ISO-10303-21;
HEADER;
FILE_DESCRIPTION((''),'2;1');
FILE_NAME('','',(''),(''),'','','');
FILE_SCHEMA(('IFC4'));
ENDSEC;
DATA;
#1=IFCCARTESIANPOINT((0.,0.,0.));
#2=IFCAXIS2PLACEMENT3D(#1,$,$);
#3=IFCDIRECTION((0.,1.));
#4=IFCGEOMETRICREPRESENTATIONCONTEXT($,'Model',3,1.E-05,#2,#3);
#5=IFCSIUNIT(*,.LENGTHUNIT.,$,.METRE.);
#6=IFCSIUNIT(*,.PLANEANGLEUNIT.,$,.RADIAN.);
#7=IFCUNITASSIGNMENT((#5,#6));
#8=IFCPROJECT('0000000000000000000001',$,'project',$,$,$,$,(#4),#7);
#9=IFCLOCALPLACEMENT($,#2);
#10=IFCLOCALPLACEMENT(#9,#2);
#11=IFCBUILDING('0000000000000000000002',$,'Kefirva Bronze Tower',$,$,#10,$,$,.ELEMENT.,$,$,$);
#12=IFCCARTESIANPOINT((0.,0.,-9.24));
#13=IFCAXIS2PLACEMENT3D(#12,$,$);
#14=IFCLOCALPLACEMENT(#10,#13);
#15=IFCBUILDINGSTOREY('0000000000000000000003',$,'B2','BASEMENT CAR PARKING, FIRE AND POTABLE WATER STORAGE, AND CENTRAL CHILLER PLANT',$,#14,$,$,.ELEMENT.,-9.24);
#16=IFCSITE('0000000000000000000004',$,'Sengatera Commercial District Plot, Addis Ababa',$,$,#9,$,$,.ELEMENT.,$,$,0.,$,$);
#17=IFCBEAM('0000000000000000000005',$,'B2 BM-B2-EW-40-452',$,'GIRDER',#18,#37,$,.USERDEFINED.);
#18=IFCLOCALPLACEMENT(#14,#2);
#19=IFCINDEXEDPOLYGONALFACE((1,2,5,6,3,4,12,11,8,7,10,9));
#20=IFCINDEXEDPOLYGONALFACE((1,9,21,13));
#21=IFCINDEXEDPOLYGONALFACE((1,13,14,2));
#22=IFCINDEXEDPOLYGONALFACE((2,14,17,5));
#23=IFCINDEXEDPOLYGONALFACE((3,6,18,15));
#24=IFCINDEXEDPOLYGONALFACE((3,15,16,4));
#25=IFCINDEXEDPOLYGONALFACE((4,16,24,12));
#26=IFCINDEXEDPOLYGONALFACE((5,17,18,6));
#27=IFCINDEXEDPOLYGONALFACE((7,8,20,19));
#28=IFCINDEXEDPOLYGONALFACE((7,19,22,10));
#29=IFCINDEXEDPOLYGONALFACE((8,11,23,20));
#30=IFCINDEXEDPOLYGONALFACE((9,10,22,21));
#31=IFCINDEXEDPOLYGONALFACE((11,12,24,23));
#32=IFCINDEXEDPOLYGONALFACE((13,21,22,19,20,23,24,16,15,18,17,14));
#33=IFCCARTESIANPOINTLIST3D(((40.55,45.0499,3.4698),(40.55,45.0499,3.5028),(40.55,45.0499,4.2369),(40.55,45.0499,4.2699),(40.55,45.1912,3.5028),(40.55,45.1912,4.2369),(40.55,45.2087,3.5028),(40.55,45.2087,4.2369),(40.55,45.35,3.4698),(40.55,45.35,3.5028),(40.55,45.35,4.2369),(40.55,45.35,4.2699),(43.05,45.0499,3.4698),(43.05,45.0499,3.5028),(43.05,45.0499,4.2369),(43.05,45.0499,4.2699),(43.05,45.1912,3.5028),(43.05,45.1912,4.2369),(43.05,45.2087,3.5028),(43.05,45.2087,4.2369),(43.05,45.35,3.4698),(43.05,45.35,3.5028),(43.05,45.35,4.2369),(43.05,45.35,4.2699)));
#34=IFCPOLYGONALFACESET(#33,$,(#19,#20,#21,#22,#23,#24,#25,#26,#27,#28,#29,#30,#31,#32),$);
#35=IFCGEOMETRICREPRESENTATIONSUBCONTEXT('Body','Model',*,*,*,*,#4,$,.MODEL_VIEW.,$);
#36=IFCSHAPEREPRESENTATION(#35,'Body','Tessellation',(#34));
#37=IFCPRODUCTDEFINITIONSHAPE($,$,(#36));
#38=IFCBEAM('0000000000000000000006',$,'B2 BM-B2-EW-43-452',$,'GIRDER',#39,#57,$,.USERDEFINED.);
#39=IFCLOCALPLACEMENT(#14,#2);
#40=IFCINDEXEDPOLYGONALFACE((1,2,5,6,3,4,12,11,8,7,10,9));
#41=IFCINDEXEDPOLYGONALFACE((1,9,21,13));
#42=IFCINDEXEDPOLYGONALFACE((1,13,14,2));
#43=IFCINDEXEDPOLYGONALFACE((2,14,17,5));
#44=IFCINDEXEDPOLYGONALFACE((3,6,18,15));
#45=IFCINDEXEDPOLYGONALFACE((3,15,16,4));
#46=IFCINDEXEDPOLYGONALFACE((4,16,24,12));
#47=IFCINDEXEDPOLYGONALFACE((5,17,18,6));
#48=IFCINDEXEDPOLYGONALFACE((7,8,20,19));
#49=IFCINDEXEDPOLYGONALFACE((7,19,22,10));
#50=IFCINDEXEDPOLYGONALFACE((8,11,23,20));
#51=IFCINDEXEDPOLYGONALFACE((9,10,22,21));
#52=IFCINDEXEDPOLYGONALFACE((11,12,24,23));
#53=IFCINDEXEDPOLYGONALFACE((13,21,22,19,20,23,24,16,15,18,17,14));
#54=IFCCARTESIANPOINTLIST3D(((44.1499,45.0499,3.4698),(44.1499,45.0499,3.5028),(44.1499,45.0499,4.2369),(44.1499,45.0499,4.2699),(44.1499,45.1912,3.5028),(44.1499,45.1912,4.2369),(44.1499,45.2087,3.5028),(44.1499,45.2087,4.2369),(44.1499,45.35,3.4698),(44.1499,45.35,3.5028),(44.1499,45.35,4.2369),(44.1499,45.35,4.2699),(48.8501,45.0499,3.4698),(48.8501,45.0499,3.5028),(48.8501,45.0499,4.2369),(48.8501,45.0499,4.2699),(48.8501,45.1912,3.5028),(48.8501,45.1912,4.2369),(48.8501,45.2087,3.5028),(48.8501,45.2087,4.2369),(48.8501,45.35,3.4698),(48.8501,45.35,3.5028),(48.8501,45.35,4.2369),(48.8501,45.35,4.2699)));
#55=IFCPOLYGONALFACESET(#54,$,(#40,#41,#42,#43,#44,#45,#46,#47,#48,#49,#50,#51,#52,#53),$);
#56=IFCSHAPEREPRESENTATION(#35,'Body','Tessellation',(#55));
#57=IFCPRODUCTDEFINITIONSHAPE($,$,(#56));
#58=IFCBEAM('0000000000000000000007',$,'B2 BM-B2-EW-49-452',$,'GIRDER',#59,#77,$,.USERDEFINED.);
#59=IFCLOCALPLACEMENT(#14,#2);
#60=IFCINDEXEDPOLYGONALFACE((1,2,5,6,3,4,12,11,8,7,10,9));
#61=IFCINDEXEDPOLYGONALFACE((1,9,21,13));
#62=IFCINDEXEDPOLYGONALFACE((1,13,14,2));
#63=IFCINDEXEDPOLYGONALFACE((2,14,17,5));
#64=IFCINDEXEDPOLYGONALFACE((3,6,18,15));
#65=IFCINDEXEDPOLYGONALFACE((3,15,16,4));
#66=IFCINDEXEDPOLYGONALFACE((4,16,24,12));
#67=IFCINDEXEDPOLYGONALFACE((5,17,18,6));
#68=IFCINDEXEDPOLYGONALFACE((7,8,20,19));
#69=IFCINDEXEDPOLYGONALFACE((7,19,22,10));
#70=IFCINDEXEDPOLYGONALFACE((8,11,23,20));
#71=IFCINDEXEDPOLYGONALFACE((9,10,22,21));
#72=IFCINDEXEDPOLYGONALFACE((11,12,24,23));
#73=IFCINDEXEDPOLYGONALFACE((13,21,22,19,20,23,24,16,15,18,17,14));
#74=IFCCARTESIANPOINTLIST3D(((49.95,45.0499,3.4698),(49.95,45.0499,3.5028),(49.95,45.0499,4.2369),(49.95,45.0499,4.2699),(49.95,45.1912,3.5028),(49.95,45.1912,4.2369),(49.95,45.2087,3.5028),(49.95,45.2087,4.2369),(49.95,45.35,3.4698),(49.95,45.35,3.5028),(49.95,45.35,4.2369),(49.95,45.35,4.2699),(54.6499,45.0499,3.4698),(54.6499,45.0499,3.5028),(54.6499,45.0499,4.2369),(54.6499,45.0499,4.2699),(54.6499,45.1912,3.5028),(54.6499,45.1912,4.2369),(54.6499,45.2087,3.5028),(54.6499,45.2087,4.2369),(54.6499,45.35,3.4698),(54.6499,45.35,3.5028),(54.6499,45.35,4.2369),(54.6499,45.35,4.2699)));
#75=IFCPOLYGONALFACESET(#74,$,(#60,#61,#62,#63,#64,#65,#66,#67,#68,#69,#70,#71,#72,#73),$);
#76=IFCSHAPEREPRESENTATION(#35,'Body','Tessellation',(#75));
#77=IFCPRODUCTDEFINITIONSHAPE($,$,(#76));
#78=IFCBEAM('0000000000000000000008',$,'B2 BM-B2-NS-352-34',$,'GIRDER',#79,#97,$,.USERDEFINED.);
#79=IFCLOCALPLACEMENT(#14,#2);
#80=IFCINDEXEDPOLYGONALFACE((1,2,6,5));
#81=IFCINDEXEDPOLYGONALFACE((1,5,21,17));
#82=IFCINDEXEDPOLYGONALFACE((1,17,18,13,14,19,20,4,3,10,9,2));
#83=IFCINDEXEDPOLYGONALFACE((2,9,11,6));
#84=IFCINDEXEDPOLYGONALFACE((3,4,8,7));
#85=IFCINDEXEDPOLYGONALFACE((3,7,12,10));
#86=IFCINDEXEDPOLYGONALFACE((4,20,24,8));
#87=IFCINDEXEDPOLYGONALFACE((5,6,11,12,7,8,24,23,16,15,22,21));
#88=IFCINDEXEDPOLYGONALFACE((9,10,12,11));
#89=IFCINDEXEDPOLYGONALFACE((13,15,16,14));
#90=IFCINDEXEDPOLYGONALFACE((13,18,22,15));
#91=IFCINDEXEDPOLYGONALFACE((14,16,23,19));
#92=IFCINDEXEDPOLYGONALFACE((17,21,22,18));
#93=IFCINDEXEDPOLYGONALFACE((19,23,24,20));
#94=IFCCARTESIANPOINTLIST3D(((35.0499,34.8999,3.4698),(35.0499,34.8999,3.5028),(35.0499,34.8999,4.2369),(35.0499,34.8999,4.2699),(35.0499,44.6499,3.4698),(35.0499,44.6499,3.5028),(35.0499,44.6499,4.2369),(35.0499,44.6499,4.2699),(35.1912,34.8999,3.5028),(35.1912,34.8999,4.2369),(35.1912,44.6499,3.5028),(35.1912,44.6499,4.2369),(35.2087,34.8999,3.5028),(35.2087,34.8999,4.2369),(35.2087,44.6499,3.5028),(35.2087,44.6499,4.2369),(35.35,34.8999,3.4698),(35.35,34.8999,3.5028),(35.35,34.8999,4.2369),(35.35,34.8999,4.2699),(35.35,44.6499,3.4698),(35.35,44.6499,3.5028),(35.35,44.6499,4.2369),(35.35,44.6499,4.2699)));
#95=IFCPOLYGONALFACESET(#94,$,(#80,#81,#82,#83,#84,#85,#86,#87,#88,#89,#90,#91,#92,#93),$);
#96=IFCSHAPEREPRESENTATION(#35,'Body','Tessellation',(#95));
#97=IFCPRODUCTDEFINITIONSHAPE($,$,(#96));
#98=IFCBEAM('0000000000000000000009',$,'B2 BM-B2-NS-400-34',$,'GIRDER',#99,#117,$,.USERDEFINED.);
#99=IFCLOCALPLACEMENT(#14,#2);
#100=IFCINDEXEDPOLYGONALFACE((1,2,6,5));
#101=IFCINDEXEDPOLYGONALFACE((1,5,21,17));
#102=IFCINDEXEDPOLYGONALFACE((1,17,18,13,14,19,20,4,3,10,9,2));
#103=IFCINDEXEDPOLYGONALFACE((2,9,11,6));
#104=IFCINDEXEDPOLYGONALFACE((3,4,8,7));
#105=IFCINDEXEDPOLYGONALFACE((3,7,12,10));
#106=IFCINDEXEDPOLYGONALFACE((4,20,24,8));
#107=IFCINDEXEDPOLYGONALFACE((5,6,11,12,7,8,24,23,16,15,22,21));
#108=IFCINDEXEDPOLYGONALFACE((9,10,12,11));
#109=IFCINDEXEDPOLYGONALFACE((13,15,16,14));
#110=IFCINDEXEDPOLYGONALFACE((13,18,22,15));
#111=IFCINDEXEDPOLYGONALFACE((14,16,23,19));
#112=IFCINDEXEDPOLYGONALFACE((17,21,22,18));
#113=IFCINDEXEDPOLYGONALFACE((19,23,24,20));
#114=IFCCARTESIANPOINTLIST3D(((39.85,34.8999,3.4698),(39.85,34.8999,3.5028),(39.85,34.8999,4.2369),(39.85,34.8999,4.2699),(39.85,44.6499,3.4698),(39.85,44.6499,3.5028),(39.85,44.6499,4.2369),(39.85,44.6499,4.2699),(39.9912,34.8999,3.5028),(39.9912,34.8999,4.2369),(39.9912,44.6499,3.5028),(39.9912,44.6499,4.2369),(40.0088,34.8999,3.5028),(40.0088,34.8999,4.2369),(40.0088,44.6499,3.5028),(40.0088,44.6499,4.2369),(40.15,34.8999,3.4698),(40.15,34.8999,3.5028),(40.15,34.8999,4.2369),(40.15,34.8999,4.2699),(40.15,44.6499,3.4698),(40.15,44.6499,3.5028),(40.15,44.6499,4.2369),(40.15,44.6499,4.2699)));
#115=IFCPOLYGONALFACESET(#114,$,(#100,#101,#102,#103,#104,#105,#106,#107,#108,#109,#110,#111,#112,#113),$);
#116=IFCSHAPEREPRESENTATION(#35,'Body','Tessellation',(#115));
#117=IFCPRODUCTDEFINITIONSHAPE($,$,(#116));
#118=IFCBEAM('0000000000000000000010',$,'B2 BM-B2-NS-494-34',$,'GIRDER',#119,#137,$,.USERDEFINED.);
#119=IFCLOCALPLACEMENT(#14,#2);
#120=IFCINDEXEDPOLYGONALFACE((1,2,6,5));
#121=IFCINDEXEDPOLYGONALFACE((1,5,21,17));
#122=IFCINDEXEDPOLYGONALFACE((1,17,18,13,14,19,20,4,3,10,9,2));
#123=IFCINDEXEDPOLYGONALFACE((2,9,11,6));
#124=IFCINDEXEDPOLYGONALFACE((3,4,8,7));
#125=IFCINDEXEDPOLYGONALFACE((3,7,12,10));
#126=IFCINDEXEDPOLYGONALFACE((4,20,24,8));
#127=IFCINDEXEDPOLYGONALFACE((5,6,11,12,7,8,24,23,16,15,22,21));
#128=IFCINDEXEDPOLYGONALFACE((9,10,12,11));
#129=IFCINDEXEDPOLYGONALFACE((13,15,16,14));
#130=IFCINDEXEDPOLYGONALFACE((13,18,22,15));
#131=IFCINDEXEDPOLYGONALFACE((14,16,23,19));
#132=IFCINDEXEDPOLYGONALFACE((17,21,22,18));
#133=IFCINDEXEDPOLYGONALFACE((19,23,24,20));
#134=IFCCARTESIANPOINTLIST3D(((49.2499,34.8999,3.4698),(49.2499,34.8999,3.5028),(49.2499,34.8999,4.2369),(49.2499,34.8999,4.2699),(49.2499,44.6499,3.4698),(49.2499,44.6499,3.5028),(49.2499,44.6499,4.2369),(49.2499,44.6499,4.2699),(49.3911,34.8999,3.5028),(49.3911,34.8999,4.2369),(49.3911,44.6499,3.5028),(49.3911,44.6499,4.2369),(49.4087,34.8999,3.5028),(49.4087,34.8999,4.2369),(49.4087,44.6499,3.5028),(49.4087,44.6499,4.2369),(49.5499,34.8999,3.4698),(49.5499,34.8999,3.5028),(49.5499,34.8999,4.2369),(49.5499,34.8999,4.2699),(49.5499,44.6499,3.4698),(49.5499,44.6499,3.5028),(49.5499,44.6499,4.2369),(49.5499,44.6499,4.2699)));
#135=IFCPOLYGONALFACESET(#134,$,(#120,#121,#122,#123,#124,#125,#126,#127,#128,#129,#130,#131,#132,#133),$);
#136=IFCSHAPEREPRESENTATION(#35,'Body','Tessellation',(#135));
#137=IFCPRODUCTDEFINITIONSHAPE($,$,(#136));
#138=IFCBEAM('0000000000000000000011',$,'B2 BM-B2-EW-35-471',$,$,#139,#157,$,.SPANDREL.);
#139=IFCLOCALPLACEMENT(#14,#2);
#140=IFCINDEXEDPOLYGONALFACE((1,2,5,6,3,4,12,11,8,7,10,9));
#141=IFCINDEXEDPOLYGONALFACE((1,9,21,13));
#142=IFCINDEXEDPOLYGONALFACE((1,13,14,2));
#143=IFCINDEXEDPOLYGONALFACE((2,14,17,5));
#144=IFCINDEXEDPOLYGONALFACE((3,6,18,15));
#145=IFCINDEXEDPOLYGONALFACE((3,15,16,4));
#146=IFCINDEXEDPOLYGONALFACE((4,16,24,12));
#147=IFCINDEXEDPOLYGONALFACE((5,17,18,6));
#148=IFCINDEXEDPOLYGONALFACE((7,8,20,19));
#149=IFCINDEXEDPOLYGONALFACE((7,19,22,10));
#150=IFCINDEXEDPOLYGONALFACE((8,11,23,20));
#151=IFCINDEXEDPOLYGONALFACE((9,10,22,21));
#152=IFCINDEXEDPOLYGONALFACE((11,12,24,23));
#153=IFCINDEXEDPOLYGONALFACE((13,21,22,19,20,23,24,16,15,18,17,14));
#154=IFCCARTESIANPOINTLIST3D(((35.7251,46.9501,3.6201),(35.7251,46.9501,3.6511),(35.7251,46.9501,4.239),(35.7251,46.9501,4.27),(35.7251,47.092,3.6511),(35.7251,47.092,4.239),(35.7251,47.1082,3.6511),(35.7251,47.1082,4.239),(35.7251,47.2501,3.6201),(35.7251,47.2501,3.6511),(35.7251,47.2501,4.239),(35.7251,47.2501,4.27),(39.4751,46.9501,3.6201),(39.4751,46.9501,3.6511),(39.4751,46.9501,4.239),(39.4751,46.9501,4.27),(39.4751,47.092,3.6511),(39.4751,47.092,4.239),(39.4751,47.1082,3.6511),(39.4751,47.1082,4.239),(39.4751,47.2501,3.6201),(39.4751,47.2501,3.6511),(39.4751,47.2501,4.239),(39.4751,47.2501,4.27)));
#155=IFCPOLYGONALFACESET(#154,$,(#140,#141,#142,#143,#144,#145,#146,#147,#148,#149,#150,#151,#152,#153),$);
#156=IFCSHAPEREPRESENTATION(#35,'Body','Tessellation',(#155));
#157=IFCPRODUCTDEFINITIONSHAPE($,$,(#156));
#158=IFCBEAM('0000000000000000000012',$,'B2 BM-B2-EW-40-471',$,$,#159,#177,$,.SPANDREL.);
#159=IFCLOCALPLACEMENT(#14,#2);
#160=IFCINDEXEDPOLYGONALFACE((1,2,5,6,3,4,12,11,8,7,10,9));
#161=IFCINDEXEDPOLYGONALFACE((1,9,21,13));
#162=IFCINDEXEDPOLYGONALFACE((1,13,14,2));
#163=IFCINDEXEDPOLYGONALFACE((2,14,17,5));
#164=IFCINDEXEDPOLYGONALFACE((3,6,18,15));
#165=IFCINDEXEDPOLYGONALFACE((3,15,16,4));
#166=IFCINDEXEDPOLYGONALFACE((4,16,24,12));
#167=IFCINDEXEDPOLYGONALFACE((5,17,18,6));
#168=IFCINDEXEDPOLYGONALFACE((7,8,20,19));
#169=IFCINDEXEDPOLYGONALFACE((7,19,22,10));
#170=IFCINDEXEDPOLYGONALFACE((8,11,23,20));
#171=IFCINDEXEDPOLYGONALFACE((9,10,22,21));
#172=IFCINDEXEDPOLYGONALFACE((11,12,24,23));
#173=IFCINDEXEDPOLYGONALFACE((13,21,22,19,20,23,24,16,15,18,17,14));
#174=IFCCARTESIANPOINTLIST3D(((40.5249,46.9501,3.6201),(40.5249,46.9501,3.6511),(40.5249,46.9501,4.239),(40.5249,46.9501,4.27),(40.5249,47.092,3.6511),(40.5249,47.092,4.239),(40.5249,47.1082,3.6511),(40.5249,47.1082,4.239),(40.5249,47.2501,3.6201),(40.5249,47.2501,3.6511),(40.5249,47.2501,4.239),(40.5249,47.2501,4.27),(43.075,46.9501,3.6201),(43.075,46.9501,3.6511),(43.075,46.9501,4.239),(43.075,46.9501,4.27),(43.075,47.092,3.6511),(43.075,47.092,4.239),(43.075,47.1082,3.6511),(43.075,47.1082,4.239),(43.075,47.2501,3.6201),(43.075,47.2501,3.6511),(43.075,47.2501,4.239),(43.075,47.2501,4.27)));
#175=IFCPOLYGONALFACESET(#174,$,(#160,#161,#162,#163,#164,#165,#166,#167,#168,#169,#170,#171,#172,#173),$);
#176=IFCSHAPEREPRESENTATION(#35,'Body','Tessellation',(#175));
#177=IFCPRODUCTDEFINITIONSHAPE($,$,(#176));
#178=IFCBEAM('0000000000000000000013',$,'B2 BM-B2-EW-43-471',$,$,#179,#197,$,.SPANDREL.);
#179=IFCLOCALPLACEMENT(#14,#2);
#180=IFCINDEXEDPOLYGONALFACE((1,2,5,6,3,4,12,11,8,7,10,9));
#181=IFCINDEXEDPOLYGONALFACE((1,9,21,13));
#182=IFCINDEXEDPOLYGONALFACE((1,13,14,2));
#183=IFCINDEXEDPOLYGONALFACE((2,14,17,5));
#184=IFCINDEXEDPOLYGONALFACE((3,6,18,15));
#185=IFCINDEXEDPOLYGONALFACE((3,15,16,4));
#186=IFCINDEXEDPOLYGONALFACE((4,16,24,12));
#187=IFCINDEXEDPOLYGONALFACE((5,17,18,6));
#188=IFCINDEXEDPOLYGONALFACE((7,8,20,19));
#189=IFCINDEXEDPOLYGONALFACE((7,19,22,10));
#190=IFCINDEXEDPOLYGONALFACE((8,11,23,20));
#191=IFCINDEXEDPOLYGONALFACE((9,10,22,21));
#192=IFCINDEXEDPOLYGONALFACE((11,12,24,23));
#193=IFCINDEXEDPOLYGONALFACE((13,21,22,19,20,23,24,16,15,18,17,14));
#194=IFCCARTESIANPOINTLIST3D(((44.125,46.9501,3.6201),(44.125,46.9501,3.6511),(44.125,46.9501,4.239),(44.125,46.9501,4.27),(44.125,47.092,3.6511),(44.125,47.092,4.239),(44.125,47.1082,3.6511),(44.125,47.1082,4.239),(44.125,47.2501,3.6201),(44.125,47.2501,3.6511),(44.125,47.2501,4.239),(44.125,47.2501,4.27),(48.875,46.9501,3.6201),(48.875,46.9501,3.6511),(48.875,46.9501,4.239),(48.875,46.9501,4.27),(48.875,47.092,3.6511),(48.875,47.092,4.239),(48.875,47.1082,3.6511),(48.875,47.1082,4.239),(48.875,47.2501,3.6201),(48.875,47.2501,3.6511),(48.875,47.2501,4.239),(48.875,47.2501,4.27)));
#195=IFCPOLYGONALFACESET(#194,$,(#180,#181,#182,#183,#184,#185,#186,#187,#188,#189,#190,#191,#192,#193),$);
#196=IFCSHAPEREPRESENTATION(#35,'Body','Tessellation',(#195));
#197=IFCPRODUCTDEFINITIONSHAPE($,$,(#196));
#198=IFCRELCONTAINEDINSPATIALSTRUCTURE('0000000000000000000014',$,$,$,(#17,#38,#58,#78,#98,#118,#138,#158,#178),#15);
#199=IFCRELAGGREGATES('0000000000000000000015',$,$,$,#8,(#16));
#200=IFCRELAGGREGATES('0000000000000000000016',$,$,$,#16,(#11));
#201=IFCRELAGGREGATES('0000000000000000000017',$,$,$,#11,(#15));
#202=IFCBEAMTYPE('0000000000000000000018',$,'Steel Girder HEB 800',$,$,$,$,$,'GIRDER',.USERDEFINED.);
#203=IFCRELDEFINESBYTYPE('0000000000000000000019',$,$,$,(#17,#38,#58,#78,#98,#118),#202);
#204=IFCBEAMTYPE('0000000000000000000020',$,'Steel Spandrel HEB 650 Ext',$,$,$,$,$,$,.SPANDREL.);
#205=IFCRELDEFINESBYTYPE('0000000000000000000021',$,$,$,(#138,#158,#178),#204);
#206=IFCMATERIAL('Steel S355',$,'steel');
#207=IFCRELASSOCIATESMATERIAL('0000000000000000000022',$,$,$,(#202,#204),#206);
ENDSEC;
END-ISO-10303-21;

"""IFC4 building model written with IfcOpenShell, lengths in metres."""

from ifc_helpers import new_model, si_unit, direction, frame, origin, origin_2d, place, context, subcontext, project, spatial, i_section, extrude, material, material_profile, profile_set, type_object, element, save


model = new_model("IFC4")

# Units and contexts
model_context = context("Model", 3, precision=1e-05, world=origin(), true_north=direction((0.0, 1.0)))
body_context = subcontext(model_context, "Body", "Model", "MODEL_VIEW")
ifc_project = project(units=[si_unit("LENGTHUNIT", "METRE"), si_unit("PLANEANGLEUNIT", "RADIAN")], contexts=[model_context])

# Site, building, storey
site_placement = place(None, origin())
site = spatial("IfcSite", under=ifc_project, at=site_placement, Name="Sengatera Commercial District Plot, Addis Ababa", CompositionType="ELEMENT", RefElevation=0.0)
building_placement = place(site_placement, origin())
building = spatial("IfcBuilding", under=site, at=building_placement, Name="Kefirva Bronze Tower", CompositionType="ELEMENT")
storey_placement = place(building_placement, frame((0.0, 0.0, -9.24)))
storey = spatial("IfcBuildingStorey", under=building, at=storey_placement, Name="B2", Description="BASEMENT CAR PARKING, FIRE AND POTABLE WATER STORAGE, AND CENTRAL CHILLER PLANT", CompositionType="ELEMENT", Elevation=-9.24)

# Beams
ifc_material_1 = material(Name="Steel S355", Category="steel")
ifc_material_profile_1 = material_profile(ifc_material_1, i_section(OverallWidth=0.3, OverallDepth=0.8, WebThickness=0.0176, FlangeThickness=0.033, at=origin_2d()), Name="HEB 800")
ifc_profile_set_1 = profile_set([ifc_material_profile_1], Name="Steel S355")
beam_type_1 = type_object("IfcBeamType", Name="Steel Girder HEB 800", ElementType="GIRDER", PredefinedType="USERDEFINED", material=ifc_profile_set_1)
beam_1_placement = place(storey_placement, frame((40.55, 45.2, 3.8699), z_axis=(1.0, 0.0, 0.0), x_axis=(0.0, 1.0, 0.0)))
element("IfcBeam", 1, at=beam_1_placement, inside=storey, type_object=beam_type_1, Name="B2 BM-B2-EW-40-452", ObjectType="GIRDER", PredefinedType="USERDEFINED", context=body_context, shape_type="SweptSolid", body=[
    extrude(i_section(OverallWidth=0.3, OverallDepth=0.8, WebThickness=0.0176, FlangeThickness=0.033, at=origin_2d()), origin(), (0.0, 0.0, 1.0), 2.5),
])
beam_2_placement = place(storey_placement, frame((44.1499, 45.2, 3.8699), z_axis=(1.0, 0.0, 0.0), x_axis=(0.0, 1.0, 0.0)))
element("IfcBeam", 2, at=beam_2_placement, inside=storey, type_object=beam_type_1, Name="B2 BM-B2-EW-43-452", ObjectType="GIRDER", PredefinedType="USERDEFINED", context=body_context, shape_type="SweptSolid", body=[
    extrude(i_section(OverallWidth=0.3, OverallDepth=0.8, WebThickness=0.0176, FlangeThickness=0.033, at=origin_2d()), origin(), (0.0, 0.0, 1.0), 4.7002),
])
beam_3_placement = place(storey_placement, frame((49.95, 45.2, 3.8699), z_axis=(1.0, 0.0, 0.0), x_axis=(0.0, 1.0, 0.0)))
element("IfcBeam", 3, at=beam_3_placement, inside=storey, type_object=beam_type_1, Name="B2 BM-B2-EW-49-452", ObjectType="GIRDER", PredefinedType="USERDEFINED", context=body_context, shape_type="SweptSolid", body=[
    extrude(i_section(OverallWidth=0.3, OverallDepth=0.8, WebThickness=0.0176, FlangeThickness=0.033, at=origin_2d()), origin(), (0.0, 0.0, 1.0), 4.7),
])
for number, where, z_axis, x_axis, name in (
    (4, (35.2, 34.8999, 3.8699), (0.0, 1.0, 0.0), (-1.0, 0.0, 0.0), "B2 BM-B2-NS-352-34"),
    (5, (40.0, 34.8999, 3.8699), (0.0, 1.0, 0.0), (-1.0, 0.0, 0.0), "B2 BM-B2-NS-400-34"),
    (6, (49.3999, 34.8999, 3.8699), (0.0, 1.0, 0.0), (-1.0, 0.0, 0.0), "B2 BM-B2-NS-494-34"),
):
    element("IfcBeam", number, at=place(storey_placement, frame(where, z_axis=z_axis, x_axis=x_axis)), inside=storey, type_object=beam_type_1, Name=name, ObjectType="GIRDER", PredefinedType="USERDEFINED", context=body_context, shape_type="SweptSolid", body=[
        extrude(i_section(OverallWidth=0.3, OverallDepth=0.8, WebThickness=0.0176, FlangeThickness=0.033, at=origin_2d()), origin(), (0.0, 0.0, 1.0), 9.75),
    ])
ifc_material_profile_2 = material_profile(ifc_material_1, i_section(OverallWidth=0.3, OverallDepth=0.6499, WebThickness=0.0161, FlangeThickness=0.031, at=origin_2d()), Name="HEB 650")
ifc_profile_set_2 = profile_set([ifc_material_profile_2], Name="Steel S355")
beam_type_2 = type_object("IfcBeamType", Name="Steel Spandrel HEB 650 Ext", PredefinedType="SPANDREL", material=ifc_profile_set_2)
beam_4_placement = place(storey_placement, frame((35.7251, 47.1001, 3.9451), z_axis=(1.0, 0.0, 0.0), x_axis=(0.0, 1.0, 0.0)))
element("IfcBeam", 7, at=beam_4_placement, inside=storey, type_object=beam_type_2, Name="B2 BM-B2-EW-35-471", PredefinedType="SPANDREL", context=body_context, shape_type="SweptSolid", body=[
    extrude(i_section(OverallWidth=0.3, OverallDepth=0.6499, WebThickness=0.0161, FlangeThickness=0.031, at=origin_2d()), origin(), (0.0, 0.0, 1.0), 3.75),
])
beam_5_placement = place(storey_placement, frame((40.5249, 47.1001, 3.9451), z_axis=(1.0, 0.0, 0.0), x_axis=(0.0, 1.0, 0.0)))
element("IfcBeam", 8, at=beam_5_placement, inside=storey, type_object=beam_type_2, Name="B2 BM-B2-EW-40-471", PredefinedType="SPANDREL", context=body_context, shape_type="SweptSolid", body=[
    extrude(i_section(OverallWidth=0.3, OverallDepth=0.6499, WebThickness=0.0161, FlangeThickness=0.031, at=origin_2d()), origin(), (0.0, 0.0, 1.0), 2.55),
])
for number, where, z_axis, x_axis, name in (
    (9, (44.125, 47.1001, 3.9451), (1.0, 0.0, 0.0), (0.0, 1.0, 0.0), "B2 BM-B2-EW-43-471"),
):
    element("IfcBeam", number, at=place(storey_placement, frame(where, z_axis=z_axis, x_axis=x_axis)), inside=storey, type_object=beam_type_2, Name=name, PredefinedType="SPANDREL", context=body_context, shape_type="SweptSolid", body=[
        extrude(i_section(OverallWidth=0.3, OverallDepth=0.6499, WebThickness=0.0161, FlangeThickness=0.031, at=origin_2d()), origin(), (0.0, 0.0, 1.0), 4.75),
    ])

save(model, "model.ifc")
